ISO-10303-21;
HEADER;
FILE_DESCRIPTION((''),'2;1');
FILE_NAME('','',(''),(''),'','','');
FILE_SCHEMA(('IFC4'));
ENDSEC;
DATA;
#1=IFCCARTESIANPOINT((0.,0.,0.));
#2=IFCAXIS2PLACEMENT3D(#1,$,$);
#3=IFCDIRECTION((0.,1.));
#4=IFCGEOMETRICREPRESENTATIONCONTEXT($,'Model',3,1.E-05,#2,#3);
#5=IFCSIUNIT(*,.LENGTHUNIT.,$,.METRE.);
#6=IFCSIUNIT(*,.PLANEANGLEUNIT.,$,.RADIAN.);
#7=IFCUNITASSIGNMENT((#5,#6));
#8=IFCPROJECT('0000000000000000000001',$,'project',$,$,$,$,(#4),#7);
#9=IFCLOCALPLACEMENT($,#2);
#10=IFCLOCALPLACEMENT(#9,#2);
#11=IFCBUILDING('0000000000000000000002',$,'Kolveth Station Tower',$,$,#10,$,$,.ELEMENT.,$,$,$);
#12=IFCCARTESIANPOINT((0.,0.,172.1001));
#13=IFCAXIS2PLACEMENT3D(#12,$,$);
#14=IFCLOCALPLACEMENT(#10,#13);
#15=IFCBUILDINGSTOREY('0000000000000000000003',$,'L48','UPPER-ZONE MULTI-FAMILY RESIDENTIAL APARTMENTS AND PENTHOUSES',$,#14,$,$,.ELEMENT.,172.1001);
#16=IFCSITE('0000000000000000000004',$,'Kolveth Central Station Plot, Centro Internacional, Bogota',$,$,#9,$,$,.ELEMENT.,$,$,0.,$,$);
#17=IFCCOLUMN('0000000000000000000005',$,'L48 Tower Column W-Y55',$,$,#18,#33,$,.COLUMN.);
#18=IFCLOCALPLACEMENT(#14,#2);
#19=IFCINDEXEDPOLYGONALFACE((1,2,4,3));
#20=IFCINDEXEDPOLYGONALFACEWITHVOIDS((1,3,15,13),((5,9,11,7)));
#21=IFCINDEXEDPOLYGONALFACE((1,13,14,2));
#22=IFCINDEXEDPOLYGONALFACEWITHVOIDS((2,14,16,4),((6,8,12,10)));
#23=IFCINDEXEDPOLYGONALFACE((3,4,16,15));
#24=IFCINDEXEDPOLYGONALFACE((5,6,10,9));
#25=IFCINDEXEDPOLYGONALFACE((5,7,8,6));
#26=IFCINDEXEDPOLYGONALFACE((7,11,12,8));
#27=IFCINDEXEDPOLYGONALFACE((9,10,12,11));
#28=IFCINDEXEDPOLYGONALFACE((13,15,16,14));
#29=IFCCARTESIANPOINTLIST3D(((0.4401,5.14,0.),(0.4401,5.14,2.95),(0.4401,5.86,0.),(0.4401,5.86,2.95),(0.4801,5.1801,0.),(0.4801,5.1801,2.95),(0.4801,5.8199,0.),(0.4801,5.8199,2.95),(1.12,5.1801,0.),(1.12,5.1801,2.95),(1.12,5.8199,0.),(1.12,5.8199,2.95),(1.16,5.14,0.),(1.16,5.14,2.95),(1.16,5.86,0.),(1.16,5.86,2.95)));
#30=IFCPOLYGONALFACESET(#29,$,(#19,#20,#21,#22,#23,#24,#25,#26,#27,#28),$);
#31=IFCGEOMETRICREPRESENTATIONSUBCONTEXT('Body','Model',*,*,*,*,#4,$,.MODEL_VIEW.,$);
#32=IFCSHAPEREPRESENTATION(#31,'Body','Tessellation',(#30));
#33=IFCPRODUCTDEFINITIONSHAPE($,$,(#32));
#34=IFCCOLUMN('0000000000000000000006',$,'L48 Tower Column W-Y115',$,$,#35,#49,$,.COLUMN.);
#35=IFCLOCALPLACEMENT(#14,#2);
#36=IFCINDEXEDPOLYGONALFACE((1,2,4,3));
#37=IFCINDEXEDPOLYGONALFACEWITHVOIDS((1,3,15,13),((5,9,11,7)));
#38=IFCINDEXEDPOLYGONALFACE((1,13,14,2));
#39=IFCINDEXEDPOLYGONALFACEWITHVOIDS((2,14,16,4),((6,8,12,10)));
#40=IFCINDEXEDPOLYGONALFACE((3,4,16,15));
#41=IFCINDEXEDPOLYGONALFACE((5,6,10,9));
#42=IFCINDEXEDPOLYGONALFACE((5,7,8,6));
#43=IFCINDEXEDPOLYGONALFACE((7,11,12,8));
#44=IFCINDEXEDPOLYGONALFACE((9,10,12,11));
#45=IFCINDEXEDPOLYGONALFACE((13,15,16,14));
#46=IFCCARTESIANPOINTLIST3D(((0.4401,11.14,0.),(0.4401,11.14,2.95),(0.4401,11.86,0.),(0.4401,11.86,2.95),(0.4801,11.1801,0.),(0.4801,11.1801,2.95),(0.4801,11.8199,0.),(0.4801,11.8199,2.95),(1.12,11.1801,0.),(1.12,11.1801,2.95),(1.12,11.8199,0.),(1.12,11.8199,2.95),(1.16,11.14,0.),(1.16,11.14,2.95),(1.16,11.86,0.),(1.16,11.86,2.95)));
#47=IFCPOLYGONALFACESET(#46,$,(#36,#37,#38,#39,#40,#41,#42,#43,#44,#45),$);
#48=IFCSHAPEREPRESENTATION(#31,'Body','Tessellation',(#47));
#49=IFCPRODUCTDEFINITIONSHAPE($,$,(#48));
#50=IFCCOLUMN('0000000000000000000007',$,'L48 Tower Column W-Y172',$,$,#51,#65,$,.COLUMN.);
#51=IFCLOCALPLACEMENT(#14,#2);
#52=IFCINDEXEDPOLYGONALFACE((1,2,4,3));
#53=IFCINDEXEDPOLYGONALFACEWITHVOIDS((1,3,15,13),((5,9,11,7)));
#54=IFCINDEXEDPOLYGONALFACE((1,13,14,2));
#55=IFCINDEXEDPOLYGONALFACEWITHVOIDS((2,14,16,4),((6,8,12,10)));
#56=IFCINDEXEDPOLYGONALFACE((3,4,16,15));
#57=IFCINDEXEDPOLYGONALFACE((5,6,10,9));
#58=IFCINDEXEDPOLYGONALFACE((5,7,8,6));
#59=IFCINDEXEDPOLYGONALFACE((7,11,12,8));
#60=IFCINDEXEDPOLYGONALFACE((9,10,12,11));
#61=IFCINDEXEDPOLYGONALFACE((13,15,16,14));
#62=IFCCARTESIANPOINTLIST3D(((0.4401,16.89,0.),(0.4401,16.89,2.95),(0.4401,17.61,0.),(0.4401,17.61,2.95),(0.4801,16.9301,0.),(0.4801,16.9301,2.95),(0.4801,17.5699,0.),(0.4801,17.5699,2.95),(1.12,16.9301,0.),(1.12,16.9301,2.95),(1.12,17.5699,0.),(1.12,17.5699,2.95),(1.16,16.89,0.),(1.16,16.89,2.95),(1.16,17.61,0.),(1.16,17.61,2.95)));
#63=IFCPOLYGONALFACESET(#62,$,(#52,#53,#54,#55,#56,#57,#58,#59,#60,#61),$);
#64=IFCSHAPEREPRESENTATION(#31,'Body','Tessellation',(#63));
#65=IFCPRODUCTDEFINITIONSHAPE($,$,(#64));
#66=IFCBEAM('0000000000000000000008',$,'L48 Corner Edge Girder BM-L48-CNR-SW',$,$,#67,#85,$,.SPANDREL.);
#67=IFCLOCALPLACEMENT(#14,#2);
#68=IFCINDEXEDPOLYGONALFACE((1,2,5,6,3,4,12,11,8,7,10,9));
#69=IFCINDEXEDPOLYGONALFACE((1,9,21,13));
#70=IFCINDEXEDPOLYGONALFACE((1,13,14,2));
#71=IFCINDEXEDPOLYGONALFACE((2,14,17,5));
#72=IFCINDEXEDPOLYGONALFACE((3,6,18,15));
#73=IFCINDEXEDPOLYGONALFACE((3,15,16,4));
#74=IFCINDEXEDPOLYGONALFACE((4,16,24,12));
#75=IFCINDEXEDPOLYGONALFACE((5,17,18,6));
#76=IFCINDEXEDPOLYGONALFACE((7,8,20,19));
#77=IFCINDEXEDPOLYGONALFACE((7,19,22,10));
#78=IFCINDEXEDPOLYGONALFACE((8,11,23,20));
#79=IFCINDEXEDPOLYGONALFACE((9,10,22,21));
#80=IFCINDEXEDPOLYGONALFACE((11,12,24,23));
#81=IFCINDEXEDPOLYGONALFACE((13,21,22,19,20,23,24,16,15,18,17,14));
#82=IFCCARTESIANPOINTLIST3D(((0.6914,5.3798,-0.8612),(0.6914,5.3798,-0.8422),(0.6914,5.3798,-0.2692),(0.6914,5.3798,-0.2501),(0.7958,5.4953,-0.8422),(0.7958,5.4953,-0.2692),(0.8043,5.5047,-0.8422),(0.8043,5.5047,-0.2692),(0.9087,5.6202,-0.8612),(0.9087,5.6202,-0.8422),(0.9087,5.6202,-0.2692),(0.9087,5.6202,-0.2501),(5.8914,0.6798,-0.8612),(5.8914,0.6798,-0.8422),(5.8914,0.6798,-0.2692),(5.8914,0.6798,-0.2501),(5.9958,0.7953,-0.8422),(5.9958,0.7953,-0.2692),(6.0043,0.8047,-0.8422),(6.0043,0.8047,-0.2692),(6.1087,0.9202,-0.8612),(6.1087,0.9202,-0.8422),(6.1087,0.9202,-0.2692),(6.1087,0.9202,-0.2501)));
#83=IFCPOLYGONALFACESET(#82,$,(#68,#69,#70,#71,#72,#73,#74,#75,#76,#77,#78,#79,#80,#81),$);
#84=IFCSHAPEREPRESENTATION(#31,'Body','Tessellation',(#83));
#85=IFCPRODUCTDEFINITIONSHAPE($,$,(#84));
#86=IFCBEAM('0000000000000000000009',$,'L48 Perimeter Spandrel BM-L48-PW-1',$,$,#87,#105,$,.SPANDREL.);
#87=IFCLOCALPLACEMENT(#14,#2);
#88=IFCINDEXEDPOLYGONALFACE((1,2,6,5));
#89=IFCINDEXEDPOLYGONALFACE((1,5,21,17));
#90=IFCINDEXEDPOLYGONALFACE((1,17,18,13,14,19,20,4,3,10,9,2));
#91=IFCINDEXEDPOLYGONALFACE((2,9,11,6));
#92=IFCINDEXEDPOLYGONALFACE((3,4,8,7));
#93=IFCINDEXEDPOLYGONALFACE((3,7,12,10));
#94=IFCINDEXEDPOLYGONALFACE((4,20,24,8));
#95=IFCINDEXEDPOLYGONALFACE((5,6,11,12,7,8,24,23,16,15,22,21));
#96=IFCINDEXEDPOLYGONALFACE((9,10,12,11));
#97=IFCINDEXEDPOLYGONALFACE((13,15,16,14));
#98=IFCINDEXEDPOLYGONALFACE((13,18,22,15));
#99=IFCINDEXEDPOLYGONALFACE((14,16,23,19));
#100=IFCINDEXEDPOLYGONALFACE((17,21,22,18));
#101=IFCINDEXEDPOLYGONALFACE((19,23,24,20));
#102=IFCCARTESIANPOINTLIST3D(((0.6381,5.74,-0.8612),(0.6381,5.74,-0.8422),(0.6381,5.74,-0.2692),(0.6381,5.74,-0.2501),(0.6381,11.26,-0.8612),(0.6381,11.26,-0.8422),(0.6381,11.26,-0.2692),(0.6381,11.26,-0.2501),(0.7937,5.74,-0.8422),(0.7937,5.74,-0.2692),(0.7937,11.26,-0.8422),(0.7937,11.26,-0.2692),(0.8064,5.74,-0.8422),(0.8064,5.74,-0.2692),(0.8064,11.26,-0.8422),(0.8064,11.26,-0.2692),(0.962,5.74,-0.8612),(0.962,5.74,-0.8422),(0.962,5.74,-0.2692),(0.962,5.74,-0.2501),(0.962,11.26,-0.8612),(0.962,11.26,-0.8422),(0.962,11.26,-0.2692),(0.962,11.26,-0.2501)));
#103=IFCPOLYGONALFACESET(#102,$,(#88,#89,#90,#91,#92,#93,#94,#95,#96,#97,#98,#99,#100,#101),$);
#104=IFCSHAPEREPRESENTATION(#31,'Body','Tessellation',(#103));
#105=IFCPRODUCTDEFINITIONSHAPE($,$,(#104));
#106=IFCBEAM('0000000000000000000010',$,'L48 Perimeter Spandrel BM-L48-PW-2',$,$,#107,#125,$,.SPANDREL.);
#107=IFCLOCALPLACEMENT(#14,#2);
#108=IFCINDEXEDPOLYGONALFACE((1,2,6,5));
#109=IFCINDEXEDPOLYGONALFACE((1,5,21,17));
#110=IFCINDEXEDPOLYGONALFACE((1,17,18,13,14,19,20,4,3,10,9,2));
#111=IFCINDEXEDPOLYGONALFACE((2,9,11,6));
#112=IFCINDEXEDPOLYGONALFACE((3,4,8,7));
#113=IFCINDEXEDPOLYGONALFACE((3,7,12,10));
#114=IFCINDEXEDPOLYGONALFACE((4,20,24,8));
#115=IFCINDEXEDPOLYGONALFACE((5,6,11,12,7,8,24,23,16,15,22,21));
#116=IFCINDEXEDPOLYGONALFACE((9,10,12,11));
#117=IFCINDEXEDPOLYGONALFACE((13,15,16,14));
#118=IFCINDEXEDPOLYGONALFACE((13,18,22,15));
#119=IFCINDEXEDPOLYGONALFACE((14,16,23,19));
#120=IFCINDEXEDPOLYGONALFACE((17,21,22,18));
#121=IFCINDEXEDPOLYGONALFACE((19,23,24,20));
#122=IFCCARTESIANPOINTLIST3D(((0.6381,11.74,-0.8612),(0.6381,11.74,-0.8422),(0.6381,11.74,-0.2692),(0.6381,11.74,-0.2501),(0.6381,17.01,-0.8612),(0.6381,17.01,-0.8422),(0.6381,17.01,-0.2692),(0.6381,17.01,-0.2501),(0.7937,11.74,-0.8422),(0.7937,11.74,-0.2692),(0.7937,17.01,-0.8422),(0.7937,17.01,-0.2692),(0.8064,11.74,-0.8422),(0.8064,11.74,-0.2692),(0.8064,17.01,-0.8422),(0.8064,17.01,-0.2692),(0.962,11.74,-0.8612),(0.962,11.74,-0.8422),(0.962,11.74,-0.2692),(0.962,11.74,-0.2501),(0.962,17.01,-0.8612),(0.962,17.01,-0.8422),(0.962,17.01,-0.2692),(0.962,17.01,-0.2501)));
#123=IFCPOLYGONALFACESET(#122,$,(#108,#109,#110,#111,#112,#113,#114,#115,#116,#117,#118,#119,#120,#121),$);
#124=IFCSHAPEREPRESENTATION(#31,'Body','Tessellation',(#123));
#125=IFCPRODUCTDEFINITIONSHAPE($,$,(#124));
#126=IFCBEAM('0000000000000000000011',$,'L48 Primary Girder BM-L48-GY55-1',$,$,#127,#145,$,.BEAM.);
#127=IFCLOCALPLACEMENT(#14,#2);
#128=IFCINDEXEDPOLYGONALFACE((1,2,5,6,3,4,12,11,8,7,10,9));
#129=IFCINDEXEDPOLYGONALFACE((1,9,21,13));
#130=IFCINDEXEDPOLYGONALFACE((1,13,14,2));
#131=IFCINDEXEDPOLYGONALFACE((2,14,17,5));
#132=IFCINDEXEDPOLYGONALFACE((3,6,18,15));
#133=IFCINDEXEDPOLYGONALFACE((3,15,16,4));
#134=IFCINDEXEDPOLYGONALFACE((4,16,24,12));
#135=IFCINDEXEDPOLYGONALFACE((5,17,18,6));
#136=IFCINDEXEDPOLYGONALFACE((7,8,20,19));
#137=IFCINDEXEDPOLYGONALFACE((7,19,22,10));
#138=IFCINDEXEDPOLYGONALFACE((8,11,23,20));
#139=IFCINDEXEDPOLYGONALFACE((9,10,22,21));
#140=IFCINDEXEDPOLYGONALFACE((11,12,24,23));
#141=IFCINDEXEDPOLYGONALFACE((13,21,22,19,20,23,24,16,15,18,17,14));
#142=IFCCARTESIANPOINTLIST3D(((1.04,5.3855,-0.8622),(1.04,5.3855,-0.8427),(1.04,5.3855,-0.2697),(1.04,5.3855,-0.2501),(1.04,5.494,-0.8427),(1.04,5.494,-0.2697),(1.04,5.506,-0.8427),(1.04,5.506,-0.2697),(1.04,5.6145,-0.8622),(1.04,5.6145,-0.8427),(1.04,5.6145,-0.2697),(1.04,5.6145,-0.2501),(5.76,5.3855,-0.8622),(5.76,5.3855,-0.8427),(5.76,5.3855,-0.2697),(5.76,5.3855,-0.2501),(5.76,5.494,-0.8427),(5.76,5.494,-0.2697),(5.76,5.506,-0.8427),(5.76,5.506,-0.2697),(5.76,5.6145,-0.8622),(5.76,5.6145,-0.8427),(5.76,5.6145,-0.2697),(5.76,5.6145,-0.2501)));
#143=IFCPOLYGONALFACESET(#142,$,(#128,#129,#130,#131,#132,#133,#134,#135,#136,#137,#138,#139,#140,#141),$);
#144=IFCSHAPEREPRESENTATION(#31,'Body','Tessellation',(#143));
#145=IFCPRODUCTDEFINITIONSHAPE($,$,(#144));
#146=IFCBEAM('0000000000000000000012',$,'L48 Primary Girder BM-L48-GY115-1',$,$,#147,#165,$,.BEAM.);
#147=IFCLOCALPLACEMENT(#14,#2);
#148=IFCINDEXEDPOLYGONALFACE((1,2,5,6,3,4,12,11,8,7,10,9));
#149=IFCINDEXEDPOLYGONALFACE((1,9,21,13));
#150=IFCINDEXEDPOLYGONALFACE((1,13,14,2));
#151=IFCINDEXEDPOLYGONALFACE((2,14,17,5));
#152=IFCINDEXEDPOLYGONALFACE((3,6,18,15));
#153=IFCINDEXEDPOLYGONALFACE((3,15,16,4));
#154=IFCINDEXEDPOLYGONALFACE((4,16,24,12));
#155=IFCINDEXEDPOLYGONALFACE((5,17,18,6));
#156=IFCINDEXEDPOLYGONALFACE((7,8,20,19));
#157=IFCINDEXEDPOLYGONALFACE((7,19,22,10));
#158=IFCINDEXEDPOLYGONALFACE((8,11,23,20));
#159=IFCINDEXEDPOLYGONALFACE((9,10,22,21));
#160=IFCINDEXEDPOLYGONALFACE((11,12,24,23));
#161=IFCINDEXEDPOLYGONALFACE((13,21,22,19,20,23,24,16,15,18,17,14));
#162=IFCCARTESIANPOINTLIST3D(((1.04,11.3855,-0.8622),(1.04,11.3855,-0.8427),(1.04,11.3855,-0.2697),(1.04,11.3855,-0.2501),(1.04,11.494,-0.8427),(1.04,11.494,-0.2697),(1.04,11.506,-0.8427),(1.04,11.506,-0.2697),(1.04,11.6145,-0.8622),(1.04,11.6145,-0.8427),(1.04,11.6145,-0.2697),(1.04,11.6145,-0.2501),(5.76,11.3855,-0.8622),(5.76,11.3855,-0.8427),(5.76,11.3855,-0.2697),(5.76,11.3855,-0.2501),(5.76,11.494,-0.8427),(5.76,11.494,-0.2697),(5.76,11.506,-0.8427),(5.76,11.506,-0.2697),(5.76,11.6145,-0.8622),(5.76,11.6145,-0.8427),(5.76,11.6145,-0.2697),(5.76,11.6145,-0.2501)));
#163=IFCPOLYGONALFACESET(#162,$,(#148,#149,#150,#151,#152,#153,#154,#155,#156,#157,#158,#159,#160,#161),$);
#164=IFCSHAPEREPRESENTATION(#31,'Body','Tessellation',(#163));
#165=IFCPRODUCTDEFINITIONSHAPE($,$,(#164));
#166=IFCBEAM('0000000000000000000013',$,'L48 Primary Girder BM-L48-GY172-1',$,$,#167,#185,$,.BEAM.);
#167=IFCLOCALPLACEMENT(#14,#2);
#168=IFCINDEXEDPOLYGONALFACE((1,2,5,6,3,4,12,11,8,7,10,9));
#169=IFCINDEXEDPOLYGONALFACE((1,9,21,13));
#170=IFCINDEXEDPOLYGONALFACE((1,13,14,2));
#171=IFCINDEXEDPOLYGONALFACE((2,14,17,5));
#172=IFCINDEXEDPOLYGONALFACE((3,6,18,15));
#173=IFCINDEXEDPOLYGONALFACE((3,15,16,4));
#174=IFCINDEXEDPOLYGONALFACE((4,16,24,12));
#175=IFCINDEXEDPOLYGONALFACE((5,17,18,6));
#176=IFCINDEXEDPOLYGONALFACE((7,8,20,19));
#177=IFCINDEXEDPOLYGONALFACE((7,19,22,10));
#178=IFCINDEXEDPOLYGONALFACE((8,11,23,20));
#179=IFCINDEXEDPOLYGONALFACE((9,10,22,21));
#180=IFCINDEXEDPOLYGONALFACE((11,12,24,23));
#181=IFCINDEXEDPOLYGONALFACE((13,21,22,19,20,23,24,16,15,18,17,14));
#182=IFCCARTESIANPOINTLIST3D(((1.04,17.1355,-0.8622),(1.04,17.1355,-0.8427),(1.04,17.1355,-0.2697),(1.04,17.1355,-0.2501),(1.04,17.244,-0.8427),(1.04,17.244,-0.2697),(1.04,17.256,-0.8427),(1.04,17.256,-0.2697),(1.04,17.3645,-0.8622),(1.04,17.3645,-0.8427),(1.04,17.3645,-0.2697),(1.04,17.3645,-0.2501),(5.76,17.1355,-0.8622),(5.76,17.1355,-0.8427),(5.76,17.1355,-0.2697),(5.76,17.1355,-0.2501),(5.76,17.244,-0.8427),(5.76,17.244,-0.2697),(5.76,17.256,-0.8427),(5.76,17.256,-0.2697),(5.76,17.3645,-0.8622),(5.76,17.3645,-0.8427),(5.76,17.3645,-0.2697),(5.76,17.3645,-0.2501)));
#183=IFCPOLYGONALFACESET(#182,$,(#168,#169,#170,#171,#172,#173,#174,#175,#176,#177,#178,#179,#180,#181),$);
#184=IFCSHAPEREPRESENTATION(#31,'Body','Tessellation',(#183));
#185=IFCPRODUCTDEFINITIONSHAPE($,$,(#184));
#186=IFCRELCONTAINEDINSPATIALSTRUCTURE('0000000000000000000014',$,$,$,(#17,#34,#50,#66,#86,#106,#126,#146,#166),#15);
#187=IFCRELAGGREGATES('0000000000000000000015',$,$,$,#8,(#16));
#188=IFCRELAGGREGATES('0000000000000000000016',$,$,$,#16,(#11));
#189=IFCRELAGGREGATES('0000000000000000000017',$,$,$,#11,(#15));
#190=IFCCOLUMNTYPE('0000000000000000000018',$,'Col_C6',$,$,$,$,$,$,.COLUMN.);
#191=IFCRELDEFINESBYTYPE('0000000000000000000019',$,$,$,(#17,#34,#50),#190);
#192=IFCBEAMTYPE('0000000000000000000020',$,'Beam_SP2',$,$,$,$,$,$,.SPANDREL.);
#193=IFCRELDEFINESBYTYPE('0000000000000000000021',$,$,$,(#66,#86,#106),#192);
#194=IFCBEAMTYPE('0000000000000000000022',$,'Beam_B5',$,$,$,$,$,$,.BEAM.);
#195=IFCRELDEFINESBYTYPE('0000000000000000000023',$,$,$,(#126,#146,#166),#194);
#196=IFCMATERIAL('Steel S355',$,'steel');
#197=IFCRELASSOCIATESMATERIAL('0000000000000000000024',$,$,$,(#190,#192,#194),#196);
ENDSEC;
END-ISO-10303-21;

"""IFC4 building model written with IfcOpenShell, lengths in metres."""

from ifc_helpers import new_model, si_unit, direction, frame, origin, origin_2d, place, context, subcontext, project, spatial, hollow_rectangle, i_section, extrude, source, transform, mapped, material, material_profile, profile_set, type_object, element, save


model = new_model("IFC4")

# Units and contexts
model_context = context("Model", 3, precision=1e-05, world=origin(), true_north=direction((0.0, 1.0)))
body_context = subcontext(model_context, "Body", "Model", "MODEL_VIEW")
ifc_project = project(units=[si_unit("LENGTHUNIT", "METRE"), si_unit("PLANEANGLEUNIT", "RADIAN")], contexts=[model_context])

# Site, building, storey
site_placement = place(None, origin())
site = spatial("IfcSite", under=ifc_project, at=site_placement, Name="Kolveth Central Station Plot, Centro Internacional, Bogota", CompositionType="ELEMENT", RefElevation=0.0)
building_placement = place(site_placement, origin())
building = spatial("IfcBuilding", under=site, at=building_placement, Name="Kolveth Station Tower", CompositionType="ELEMENT")
storey_placement = place(building_placement, frame((0.0, 0.0, 172.1001)))
storey = spatial("IfcBuildingStorey", under=building, at=storey_placement, Name="L48", Description="UPPER-ZONE MULTI-FAMILY RESIDENTIAL APARTMENTS AND PENTHOUSES", CompositionType="ELEMENT", Elevation=172.1001)

# Columns
ifc_material_1 = material(Name="Steel S355", Category="steel")
ifc_material_profile_1 = material_profile(ifc_material_1, hollow_rectangle(XDim=0.72, YDim=0.72, WallThickness=0.04, at=origin_2d()), Name="BOX720x720x40")
ifc_profile_set_1 = profile_set([ifc_material_profile_1], Name="Steel S355")
column_type = type_object("IfcColumnType", Name="Col_C6", PredefinedType="COLUMN", material=ifc_profile_set_1)
shared_shape_1 = source(origin(), body_context, "Body", "SweptSolid", [
    extrude(hollow_rectangle(XDim=0.72, YDim=0.72, WallThickness=0.04, at=origin_2d()), origin(), (0.0, 0.0, 1.0), 2.95),
])
for number, where, z_axis, x_axis, name in (
    (1, (0.8, 5.5, 0.0), (0.0, 0.0, 1.0), (1.0, 0.0, 0.0), "L48 Tower Column W-Y55"),
    (2, (0.8, 11.5, 0.0), (0.0, 0.0, 1.0), (1.0, 0.0, 0.0), "L48 Tower Column W-Y115"),
    (3, (0.8, 17.25, 0.0), (0.0, 0.0, 1.0), (1.0, 0.0, 0.0), "L48 Tower Column W-Y172"),
):
    element("IfcColumn", number, at=place(storey_placement, frame(where, z_axis=z_axis, x_axis=x_axis)), inside=storey, type_object=column_type, Name=name, PredefinedType="COLUMN", context=body_context, shape_type="MappedRepresentation", body=[
        mapped(shared_shape_1, transform((0.0, 0.0, 0.0), x_axis=(1.0, 0.0, 0.0), y_axis=(0.0, 1.0, 0.0), z_axis=(0.0, 0.0, 1.0), scale=1.0)),
    ])

# Beams
ifc_material_profile_2 = material_profile(ifc_material_1, i_section(OverallWidth=0.324, OverallDepth=0.6111, WebThickness=0.0127, FlangeThickness=0.019, at=origin_2d()), Name="W610x155")
ifc_profile_set_2 = profile_set([ifc_material_profile_2], Name="Steel S355")
beam_type_1 = type_object("IfcBeamType", Name="Beam_SP2", PredefinedType="SPANDREL", material=ifc_profile_set_2)
shared_shape_2 = source(origin(), body_context, "Body", "SweptSolid", [
    extrude(i_section(OverallWidth=0.324, OverallDepth=0.6111, WebThickness=0.0127, FlangeThickness=0.019, at=origin_2d()), origin(), (0.0, 0.0, 1.0), 7.0093),
])
beam_1_placement = place(storey_placement, frame((0.8, 5.5, -0.5557), z_axis=(0.741874, -0.670539, 0.0), x_axis=(0.670539, 0.741874, 0.0)))
element("IfcBeam", 4, at=beam_1_placement, inside=storey, type_object=beam_type_1, Name="L48 Corner Edge Girder BM-L48-CNR-SW", PredefinedType="SPANDREL", context=body_context, shape_type="MappedRepresentation", body=[
    mapped(shared_shape_2, transform((0.0, 0.0, 0.0), x_axis=(1.0, 0.0, 0.0), y_axis=(0.0, 1.0, 0.0), z_axis=(0.0, 0.0, 1.0), scale=1.0)),
])
shared_shape_3 = source(origin(), body_context, "Body", "SweptSolid", [
    extrude(i_section(OverallWidth=0.324, OverallDepth=0.6111, WebThickness=0.0127, FlangeThickness=0.019, at=origin_2d()), origin(), (0.0, 0.0, 1.0), 5.52),
])
beam_2_placement = place(storey_placement, frame((0.8, 5.74, -0.5557), z_axis=(0.0, 1.0, 0.0), x_axis=(-1.0, 0.0, 0.0)))
element("IfcBeam", 5, at=beam_2_placement, inside=storey, type_object=beam_type_1, Name="L48 Perimeter Spandrel BM-L48-PW-1", PredefinedType="SPANDREL", context=body_context, shape_type="MappedRepresentation", body=[
    mapped(shared_shape_3, transform((0.0, 0.0, 0.0), x_axis=(1.0, 0.0, 0.0), y_axis=(0.0, 1.0, 0.0), z_axis=(0.0, 0.0, 1.0), scale=1.0)),
])
shared_shape_4 = source(origin(), body_context, "Body", "SweptSolid", [
    extrude(i_section(OverallWidth=0.324, OverallDepth=0.6111, WebThickness=0.0127, FlangeThickness=0.019, at=origin_2d()), origin(), (0.0, 0.0, 1.0), 5.27),
])
beam_3_placement = place(storey_placement, frame((0.8, 11.74, -0.5557), z_axis=(0.0, 1.0, 0.0), x_axis=(-1.0, 0.0, 0.0)))
element("IfcBeam", 6, at=beam_3_placement, inside=storey, type_object=beam_type_1, Name="L48 Perimeter Spandrel BM-L48-PW-2", PredefinedType="SPANDREL", context=body_context, shape_type="MappedRepresentation", body=[
    mapped(shared_shape_4, transform((0.0, 0.0, 0.0), x_axis=(1.0, 0.0, 0.0), y_axis=(0.0, 1.0, 0.0), z_axis=(0.0, 0.0, 1.0), scale=1.0)),
])
ifc_material_profile_3 = material_profile(ifc_material_1, i_section(OverallWidth=0.229, OverallDepth=0.6121, WebThickness=0.012, FlangeThickness=0.0195, at=origin_2d()), Name="W610x125")
ifc_profile_set_3 = profile_set([ifc_material_profile_3], Name="Steel S355")
beam_type_2 = type_object("IfcBeamType", Name="Beam_B5", PredefinedType="BEAM", material=ifc_profile_set_3)
shared_shape_5 = source(origin(), body_context, "Body", "SweptSolid", [
    extrude(i_section(OverallWidth=0.229, OverallDepth=0.6121, WebThickness=0.012, FlangeThickness=0.0195, at=origin_2d()), origin(), (0.0, 0.0, 1.0), 4.72),
])
for number, where, z_axis, x_axis, name in (
    (7, (1.04, 5.5, -0.5562), (1.0, 0.0, 0.0), (0.0, 1.0, 0.0), "L48 Primary Girder BM-L48-GY55-1"),
    (8, (1.04, 11.5, -0.5562), (1.0, 0.0, 0.0), (0.0, 1.0, 0.0), "L48 Primary Girder BM-L48-GY115-1"),
    (9, (1.04, 17.25, -0.5562), (1.0, 0.0, 0.0), (0.0, 1.0, 0.0), "L48 Primary Girder BM-L48-GY172-1"),
):
    element("IfcBeam", number, at=place(storey_placement, frame(where, z_axis=z_axis, x_axis=x_axis)), inside=storey, type_object=beam_type_2, Name=name, PredefinedType="BEAM", context=body_context, shape_type="MappedRepresentation", body=[
        mapped(shared_shape_5, transform((0.0, 0.0, 0.0), x_axis=(1.0, 0.0, 0.0), y_axis=(0.0, 1.0, 0.0), z_axis=(0.0, 0.0, 1.0), scale=1.0)),
    ])

save(model, "model.ifc")
